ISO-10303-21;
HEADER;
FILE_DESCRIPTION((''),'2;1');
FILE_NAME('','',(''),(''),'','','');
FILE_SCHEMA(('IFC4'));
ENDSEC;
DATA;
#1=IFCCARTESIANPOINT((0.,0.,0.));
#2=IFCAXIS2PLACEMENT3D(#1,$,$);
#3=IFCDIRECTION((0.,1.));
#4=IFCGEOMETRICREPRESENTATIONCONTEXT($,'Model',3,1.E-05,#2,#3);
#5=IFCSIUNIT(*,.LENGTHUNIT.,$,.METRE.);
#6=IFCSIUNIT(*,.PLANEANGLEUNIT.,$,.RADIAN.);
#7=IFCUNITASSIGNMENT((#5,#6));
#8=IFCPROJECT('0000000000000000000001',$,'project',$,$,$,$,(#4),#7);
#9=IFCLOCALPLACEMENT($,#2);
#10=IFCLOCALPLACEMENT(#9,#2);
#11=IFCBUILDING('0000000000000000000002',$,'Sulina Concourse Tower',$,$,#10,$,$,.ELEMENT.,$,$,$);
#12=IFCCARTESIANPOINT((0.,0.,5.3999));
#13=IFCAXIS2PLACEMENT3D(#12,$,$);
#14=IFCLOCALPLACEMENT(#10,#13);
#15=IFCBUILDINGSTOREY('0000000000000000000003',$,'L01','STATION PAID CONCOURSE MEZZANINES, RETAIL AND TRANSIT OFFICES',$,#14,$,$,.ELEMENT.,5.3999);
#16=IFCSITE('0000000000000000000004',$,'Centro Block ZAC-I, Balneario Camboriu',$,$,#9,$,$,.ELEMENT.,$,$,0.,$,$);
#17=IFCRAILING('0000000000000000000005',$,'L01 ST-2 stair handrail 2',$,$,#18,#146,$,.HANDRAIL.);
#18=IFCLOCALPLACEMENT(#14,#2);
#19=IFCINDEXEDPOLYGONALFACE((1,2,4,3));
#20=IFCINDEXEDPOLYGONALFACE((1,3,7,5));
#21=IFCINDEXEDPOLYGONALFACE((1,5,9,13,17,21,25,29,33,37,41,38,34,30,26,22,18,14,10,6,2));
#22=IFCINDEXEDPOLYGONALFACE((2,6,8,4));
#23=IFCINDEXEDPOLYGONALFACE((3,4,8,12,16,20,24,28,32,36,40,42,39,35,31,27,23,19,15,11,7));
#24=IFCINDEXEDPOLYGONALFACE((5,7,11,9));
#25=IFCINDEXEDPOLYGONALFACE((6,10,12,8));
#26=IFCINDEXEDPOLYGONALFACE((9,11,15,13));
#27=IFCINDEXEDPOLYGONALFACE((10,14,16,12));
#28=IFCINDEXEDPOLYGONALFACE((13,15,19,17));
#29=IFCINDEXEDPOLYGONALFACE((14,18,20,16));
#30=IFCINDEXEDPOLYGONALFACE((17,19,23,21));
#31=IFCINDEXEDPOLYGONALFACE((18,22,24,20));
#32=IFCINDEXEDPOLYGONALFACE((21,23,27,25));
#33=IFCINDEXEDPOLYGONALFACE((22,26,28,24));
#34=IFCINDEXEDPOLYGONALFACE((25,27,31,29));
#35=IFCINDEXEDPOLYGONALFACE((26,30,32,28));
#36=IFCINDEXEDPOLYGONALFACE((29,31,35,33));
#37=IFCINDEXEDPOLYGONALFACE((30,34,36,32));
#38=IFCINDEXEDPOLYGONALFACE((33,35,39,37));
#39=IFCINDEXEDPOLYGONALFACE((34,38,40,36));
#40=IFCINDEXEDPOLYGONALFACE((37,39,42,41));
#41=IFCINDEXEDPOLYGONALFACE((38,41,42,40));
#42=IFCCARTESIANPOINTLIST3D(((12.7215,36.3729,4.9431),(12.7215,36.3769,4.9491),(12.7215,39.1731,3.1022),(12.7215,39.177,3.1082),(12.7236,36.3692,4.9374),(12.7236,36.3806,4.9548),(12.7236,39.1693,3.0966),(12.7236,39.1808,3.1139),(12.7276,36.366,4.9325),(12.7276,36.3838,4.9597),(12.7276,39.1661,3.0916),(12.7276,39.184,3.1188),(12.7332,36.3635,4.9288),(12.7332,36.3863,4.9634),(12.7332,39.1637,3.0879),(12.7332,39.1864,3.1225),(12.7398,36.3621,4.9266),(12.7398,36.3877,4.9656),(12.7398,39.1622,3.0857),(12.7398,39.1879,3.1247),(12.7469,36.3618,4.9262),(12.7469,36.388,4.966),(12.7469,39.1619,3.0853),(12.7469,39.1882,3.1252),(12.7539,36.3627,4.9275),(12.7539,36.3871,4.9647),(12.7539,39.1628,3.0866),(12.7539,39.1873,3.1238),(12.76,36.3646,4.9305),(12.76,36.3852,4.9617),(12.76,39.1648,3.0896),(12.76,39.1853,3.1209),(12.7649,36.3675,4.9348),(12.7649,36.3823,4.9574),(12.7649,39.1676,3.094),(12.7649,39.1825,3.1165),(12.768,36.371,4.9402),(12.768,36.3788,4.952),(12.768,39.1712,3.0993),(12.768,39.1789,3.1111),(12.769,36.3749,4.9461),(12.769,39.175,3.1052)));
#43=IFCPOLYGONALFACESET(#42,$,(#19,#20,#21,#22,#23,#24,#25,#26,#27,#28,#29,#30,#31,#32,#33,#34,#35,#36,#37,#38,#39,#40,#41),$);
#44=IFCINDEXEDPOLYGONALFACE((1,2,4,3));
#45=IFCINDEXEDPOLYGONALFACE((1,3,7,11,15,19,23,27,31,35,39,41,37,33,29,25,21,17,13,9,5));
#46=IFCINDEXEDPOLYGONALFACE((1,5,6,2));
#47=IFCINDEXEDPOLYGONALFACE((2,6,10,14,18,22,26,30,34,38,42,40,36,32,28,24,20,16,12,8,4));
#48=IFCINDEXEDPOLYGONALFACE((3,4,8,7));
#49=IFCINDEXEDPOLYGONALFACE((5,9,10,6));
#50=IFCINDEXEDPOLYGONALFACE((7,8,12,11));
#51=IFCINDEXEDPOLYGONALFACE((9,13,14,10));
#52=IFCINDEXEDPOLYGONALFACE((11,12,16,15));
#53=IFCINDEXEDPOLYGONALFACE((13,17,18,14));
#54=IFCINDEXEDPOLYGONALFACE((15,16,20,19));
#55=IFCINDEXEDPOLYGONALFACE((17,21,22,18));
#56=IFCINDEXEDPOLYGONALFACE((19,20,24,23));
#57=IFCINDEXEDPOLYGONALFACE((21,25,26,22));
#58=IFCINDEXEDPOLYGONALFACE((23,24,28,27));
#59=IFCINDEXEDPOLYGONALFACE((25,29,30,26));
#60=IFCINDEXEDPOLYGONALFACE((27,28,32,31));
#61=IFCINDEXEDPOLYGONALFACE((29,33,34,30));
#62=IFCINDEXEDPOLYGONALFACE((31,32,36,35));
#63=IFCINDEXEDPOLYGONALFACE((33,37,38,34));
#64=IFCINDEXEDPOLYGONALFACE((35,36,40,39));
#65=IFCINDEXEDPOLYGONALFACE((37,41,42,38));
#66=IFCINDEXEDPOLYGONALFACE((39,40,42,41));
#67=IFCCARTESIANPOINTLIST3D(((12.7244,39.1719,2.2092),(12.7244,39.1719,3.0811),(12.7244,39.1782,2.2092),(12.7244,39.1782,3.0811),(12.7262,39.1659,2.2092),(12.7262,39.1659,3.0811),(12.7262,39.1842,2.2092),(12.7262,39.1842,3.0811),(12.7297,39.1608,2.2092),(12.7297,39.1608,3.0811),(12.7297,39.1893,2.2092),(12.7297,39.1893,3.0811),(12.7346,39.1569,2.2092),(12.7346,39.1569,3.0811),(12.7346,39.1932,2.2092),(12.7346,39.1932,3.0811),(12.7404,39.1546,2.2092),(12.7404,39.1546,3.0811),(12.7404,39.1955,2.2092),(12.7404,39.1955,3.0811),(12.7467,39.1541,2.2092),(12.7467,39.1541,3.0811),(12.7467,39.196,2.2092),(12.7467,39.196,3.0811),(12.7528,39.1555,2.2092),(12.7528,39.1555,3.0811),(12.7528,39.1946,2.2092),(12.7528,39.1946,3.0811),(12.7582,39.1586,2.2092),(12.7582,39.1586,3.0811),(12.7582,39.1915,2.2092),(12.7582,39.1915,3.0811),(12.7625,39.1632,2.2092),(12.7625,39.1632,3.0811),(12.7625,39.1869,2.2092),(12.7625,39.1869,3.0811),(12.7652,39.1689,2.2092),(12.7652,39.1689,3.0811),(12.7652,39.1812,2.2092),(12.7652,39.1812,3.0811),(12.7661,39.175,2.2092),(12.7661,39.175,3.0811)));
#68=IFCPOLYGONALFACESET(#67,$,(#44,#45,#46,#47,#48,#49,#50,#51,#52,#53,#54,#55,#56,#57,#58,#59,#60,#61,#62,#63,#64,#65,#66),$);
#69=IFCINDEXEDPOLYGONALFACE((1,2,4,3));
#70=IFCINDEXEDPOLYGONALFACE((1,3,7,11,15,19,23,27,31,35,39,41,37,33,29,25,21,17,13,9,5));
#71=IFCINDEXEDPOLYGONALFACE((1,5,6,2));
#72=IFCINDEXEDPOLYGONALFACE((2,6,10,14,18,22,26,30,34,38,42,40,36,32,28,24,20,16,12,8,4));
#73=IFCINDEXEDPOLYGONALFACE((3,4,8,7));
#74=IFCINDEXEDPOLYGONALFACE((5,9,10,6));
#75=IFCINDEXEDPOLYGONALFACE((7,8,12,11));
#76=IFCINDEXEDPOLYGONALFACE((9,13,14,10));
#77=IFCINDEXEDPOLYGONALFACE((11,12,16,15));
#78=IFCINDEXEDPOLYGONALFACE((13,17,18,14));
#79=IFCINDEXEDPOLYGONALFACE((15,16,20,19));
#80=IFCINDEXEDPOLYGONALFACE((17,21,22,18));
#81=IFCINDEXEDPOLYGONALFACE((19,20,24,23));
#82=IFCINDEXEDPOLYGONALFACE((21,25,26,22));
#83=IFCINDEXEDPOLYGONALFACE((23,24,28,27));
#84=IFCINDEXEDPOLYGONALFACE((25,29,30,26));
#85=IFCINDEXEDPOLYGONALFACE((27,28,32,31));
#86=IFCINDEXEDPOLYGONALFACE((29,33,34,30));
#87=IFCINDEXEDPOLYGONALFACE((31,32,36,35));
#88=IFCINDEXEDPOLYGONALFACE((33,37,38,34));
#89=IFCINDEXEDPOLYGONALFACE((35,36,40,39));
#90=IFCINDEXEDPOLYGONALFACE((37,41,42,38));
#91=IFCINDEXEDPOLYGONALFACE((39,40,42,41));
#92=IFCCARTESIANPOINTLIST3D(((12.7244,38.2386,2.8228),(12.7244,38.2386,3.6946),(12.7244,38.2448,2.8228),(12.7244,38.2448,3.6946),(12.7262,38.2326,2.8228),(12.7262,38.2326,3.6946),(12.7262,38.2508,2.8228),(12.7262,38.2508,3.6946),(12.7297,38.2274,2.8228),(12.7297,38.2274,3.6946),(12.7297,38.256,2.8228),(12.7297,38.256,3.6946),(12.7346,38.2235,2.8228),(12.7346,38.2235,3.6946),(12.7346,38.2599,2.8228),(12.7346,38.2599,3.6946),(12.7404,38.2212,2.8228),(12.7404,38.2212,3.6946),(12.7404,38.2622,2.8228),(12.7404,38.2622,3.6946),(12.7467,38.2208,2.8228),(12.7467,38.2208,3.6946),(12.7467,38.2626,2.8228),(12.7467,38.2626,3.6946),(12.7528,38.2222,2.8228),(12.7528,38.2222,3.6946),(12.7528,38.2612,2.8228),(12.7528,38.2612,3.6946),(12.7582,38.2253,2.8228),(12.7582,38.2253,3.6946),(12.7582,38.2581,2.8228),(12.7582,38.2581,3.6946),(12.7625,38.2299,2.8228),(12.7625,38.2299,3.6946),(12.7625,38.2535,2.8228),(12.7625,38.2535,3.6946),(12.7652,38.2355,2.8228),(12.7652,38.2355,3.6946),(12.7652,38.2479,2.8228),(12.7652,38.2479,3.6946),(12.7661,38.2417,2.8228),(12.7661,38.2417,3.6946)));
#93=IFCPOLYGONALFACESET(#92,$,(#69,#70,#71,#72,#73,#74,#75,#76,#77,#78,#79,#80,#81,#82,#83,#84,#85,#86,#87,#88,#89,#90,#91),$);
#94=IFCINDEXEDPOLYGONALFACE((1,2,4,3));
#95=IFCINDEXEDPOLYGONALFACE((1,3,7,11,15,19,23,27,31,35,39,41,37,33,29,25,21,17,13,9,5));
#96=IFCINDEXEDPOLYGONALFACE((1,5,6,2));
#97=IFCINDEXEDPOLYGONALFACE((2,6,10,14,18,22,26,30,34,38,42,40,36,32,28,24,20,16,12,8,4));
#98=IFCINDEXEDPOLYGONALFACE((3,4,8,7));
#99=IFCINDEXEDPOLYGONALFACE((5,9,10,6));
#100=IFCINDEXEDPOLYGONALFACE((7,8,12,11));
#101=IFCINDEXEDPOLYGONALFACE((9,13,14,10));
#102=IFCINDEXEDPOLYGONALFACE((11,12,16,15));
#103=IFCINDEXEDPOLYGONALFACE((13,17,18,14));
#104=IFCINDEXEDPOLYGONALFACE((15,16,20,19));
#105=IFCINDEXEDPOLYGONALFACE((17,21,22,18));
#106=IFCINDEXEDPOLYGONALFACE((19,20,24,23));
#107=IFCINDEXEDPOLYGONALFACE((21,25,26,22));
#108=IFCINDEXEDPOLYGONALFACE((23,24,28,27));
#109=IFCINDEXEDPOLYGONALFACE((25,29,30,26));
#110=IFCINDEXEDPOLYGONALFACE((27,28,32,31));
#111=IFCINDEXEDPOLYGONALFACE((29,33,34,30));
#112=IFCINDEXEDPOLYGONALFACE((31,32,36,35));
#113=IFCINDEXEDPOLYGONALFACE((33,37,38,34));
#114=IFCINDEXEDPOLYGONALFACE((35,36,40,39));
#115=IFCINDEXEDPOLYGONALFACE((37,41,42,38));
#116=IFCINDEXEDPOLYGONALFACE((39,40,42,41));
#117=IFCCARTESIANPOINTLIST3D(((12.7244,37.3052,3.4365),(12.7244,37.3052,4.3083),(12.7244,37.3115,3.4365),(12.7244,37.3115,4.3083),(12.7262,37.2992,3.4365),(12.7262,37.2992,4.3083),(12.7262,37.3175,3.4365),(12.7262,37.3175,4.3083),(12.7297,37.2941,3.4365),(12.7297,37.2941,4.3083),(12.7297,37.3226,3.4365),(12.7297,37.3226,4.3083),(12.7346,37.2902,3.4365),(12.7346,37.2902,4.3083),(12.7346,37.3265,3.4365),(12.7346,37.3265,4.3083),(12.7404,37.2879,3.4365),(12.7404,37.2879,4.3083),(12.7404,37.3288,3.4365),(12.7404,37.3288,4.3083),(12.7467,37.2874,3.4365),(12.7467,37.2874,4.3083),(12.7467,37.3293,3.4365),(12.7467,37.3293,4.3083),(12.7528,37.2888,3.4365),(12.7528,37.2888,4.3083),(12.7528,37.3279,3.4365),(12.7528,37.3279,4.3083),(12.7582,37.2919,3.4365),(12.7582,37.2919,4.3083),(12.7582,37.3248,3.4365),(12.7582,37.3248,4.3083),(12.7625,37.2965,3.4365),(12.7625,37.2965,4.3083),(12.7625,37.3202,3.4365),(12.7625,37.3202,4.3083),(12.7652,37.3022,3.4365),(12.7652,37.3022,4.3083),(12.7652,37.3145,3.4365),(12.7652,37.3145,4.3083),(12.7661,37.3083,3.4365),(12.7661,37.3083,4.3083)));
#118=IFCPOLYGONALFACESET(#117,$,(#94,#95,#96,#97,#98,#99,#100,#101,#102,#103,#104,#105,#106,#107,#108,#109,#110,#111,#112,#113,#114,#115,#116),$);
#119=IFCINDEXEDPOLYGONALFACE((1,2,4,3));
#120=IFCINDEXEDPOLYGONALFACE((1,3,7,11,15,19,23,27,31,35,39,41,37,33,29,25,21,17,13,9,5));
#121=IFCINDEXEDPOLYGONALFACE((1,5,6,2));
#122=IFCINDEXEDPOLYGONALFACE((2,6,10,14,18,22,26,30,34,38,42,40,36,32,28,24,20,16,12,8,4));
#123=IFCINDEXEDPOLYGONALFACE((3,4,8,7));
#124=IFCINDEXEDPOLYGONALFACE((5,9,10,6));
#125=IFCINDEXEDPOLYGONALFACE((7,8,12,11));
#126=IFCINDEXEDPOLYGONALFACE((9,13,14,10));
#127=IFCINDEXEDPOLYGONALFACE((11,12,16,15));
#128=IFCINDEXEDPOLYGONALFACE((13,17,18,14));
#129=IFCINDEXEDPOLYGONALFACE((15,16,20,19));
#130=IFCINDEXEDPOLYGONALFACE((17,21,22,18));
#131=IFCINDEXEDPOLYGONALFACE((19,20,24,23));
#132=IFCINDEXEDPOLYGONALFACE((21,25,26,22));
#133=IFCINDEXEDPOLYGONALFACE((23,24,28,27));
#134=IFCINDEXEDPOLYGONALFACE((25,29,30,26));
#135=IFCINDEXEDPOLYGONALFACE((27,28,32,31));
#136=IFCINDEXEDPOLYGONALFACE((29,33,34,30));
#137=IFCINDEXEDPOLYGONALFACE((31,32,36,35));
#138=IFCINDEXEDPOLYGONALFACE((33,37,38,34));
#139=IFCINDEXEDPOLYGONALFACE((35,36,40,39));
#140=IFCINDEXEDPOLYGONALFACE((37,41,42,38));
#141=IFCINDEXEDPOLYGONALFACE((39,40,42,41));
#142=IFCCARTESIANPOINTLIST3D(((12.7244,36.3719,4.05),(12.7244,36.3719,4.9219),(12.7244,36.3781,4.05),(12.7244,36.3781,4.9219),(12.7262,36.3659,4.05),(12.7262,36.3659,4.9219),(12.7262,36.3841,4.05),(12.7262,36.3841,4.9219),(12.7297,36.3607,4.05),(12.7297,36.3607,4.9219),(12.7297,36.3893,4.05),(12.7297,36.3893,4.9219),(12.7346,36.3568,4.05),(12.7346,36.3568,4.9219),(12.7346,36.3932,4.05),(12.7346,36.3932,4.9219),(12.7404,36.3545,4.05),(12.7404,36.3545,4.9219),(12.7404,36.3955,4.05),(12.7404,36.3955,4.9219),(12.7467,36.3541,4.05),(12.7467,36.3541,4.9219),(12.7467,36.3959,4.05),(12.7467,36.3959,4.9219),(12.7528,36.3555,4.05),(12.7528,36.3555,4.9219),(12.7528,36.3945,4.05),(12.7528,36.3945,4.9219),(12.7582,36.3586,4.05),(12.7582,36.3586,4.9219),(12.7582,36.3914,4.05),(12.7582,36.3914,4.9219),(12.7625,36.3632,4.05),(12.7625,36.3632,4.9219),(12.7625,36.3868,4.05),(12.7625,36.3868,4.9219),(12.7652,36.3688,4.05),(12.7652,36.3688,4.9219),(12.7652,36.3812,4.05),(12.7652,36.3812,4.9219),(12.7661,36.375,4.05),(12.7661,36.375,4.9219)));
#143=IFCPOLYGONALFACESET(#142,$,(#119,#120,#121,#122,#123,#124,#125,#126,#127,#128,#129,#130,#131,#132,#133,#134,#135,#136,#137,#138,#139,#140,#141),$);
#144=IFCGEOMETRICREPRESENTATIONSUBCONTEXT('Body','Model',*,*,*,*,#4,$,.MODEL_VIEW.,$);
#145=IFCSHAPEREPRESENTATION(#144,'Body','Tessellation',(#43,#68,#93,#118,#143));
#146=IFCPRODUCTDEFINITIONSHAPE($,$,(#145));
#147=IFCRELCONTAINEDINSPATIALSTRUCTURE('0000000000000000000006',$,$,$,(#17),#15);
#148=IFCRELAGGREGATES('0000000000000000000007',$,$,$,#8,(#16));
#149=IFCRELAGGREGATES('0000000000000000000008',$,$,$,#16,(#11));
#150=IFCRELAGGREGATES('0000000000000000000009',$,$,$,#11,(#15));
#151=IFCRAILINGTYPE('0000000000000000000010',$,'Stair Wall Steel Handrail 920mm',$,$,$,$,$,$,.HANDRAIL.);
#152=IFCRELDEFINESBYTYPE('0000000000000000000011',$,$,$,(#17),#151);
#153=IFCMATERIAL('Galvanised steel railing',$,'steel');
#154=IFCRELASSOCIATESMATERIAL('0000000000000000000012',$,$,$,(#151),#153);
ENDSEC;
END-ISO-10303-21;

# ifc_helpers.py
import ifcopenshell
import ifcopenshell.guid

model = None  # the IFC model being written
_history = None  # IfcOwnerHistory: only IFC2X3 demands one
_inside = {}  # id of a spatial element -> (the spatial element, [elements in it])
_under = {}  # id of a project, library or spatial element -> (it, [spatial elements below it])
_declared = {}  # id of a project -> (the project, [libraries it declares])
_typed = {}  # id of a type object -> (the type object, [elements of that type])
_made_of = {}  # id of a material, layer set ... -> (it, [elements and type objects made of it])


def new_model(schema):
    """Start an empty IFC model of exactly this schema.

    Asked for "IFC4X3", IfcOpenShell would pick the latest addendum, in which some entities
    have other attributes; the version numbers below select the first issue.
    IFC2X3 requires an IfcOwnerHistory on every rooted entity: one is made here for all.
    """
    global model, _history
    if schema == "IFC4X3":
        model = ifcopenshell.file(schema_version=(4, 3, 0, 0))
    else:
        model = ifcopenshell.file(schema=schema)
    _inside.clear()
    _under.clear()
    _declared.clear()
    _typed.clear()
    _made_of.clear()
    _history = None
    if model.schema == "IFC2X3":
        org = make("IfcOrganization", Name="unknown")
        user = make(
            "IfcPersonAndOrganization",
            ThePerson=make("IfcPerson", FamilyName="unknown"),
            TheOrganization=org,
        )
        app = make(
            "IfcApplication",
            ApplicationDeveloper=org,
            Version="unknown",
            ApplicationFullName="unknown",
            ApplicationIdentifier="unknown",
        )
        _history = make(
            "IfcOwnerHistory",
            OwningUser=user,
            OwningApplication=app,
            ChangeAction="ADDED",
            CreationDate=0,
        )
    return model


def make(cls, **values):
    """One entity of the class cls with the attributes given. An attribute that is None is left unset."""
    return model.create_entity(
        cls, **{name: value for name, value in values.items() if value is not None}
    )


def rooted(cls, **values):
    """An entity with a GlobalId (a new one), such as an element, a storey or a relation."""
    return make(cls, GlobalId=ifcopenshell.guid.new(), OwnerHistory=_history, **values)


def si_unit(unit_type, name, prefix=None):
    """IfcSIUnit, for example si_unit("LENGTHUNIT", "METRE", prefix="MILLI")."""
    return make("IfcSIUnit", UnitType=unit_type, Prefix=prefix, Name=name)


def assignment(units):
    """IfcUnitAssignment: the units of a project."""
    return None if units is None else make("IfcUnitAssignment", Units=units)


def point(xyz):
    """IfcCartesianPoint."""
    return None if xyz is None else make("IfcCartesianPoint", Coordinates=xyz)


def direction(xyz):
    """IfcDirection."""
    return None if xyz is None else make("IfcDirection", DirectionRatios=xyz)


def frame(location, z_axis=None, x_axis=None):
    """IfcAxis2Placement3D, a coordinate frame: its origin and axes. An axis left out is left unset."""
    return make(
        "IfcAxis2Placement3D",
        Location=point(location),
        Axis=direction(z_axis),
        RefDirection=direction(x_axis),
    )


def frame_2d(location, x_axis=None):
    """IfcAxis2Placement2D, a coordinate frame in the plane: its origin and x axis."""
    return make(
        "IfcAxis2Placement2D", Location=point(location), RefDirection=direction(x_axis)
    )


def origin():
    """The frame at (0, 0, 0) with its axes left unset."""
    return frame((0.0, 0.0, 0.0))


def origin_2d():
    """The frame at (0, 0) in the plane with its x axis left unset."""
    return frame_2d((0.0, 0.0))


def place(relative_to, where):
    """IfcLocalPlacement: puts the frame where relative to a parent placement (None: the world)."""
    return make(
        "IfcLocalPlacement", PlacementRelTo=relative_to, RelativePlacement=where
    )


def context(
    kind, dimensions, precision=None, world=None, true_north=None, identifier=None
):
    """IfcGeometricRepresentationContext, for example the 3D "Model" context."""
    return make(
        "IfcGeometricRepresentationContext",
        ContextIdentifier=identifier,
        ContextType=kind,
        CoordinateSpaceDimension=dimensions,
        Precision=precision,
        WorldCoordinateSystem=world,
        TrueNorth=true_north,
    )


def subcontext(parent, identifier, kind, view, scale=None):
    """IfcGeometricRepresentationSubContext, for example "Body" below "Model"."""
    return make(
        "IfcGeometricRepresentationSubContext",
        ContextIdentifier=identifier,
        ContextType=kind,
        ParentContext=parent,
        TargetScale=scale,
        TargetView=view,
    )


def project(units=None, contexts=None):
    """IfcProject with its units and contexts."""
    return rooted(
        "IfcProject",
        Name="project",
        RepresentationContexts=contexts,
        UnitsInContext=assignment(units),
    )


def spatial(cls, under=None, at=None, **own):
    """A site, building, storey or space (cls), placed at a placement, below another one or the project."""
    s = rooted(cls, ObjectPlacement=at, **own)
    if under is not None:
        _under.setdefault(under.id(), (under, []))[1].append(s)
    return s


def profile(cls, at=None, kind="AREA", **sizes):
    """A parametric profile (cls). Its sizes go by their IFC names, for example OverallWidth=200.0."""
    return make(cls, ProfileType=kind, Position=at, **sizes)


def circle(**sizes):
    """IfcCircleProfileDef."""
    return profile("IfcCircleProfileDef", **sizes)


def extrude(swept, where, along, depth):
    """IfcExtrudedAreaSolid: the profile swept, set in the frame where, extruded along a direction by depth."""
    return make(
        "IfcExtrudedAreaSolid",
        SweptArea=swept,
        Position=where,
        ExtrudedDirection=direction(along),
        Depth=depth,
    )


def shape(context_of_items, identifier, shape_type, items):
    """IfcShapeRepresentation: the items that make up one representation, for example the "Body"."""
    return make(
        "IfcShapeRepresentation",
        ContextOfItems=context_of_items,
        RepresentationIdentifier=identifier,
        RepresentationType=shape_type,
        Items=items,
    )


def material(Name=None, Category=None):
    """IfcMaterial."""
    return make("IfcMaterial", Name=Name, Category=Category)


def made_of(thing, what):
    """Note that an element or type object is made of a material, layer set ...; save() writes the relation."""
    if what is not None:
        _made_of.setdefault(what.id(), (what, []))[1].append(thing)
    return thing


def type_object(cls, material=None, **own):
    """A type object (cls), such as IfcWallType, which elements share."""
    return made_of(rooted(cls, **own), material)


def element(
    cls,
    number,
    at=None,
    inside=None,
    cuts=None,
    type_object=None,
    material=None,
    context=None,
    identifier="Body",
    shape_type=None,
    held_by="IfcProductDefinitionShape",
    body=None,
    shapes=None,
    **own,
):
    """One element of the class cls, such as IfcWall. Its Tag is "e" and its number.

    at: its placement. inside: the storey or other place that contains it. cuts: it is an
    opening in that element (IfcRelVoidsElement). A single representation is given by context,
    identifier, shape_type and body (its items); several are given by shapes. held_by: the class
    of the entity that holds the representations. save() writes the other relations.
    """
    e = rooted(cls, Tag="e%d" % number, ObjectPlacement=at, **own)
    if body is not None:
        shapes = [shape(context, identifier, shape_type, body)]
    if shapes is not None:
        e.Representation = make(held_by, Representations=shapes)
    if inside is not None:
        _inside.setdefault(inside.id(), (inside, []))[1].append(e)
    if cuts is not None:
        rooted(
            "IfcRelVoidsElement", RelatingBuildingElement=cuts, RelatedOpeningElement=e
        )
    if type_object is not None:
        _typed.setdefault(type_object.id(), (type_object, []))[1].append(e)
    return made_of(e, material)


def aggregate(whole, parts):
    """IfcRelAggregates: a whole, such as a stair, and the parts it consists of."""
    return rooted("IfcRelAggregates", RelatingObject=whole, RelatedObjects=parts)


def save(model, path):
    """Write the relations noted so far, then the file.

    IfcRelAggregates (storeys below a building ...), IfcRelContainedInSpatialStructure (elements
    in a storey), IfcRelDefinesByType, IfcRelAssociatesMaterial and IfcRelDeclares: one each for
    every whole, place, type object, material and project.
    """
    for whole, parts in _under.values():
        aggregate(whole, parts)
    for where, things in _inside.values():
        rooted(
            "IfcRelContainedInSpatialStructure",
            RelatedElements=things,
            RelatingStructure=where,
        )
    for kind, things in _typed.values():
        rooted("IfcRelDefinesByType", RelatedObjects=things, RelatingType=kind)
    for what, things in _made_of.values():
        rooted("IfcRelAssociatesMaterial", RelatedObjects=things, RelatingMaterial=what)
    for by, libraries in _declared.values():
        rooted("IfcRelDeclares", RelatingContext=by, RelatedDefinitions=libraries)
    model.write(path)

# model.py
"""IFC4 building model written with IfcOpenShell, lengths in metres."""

from ifc_helpers import new_model, si_unit, direction, frame, origin, origin_2d, place, context, subcontext, project, spatial, circle, extrude, material, type_object, element, save


model = new_model("IFC4")

# Units and contexts
model_context = context("Model", 3, precision=1e-05, world=origin(), true_north=direction((0.0, 1.0)))
body_context = subcontext(model_context, "Body", "Model", "MODEL_VIEW")
ifc_project = project(units=[si_unit("LENGTHUNIT", "METRE"), si_unit("PLANEANGLEUNIT", "RADIAN")], contexts=[model_context])

# Site, building, storey
site_placement = place(None, origin())
site = spatial("IfcSite", under=ifc_project, at=site_placement, Name="Centro Block ZAC-I, Balneario Camboriu", CompositionType="ELEMENT", RefElevation=0.0)
building_placement = place(site_placement, origin())
building = spatial("IfcBuilding", under=site, at=building_placement, Name="Sulina Concourse Tower", CompositionType="ELEMENT")
storey_placement = place(building_placement, frame((0.0, 0.0, 5.3999)))
storey = spatial("IfcBuildingStorey", under=building, at=storey_placement, Name="L01", Description="STATION PAID CONCOURSE MEZZANINES, RETAIL AND TRANSIT OFFICES", CompositionType="ELEMENT", Elevation=5.3999)

# Railing
ifc_material_1 = material(Name="Galvanised steel railing", Category="steel")
railing_type_1 = type_object("IfcRailingType", Name="Stair Wall Steel Handrail 920mm", PredefinedType="HANDRAIL", material=ifc_material_1)
railing_1_placement = place(storey_placement, frame((12.7451, 39.175, 2.2092)))
element("IfcRailing", 1, at=railing_1_placement, inside=storey, type_object=railing_type_1, Name="L01 ST-2 stair handrail 2", PredefinedType="HANDRAIL", context=body_context, shape_type="SweptSolid", body=[
    extrude(circle(Radius=0.0239, at=origin_2d()), frame((0.0, 0.0, 0.896), z_axis=(0.0, -0.835598, 0.549342), x_axis=(1.0, 0.0, 0.0)), (0.0, 0.0, 1.0), 3.3511),
    extrude(circle(Radius=0.021, at=origin_2d()), origin(), (0.0, 0.0, 1.0), 0.8718),
    extrude(circle(Radius=0.021, at=origin_2d()), frame((0.0, -0.9333, 0.6135)), (0.0, 0.0, 1.0), 0.8718),
    extrude(circle(Radius=0.021, at=origin_2d()), frame((0.0, -1.8667, 1.2273)), (0.0, 0.0, 1.0), 0.8718),
    extrude(circle(Radius=0.021, at=origin_2d()), frame((0.0, -2.8, 1.8408)), (0.0, 0.0, 1.0), 0.8718),
])

save(model, "model.ifc")
